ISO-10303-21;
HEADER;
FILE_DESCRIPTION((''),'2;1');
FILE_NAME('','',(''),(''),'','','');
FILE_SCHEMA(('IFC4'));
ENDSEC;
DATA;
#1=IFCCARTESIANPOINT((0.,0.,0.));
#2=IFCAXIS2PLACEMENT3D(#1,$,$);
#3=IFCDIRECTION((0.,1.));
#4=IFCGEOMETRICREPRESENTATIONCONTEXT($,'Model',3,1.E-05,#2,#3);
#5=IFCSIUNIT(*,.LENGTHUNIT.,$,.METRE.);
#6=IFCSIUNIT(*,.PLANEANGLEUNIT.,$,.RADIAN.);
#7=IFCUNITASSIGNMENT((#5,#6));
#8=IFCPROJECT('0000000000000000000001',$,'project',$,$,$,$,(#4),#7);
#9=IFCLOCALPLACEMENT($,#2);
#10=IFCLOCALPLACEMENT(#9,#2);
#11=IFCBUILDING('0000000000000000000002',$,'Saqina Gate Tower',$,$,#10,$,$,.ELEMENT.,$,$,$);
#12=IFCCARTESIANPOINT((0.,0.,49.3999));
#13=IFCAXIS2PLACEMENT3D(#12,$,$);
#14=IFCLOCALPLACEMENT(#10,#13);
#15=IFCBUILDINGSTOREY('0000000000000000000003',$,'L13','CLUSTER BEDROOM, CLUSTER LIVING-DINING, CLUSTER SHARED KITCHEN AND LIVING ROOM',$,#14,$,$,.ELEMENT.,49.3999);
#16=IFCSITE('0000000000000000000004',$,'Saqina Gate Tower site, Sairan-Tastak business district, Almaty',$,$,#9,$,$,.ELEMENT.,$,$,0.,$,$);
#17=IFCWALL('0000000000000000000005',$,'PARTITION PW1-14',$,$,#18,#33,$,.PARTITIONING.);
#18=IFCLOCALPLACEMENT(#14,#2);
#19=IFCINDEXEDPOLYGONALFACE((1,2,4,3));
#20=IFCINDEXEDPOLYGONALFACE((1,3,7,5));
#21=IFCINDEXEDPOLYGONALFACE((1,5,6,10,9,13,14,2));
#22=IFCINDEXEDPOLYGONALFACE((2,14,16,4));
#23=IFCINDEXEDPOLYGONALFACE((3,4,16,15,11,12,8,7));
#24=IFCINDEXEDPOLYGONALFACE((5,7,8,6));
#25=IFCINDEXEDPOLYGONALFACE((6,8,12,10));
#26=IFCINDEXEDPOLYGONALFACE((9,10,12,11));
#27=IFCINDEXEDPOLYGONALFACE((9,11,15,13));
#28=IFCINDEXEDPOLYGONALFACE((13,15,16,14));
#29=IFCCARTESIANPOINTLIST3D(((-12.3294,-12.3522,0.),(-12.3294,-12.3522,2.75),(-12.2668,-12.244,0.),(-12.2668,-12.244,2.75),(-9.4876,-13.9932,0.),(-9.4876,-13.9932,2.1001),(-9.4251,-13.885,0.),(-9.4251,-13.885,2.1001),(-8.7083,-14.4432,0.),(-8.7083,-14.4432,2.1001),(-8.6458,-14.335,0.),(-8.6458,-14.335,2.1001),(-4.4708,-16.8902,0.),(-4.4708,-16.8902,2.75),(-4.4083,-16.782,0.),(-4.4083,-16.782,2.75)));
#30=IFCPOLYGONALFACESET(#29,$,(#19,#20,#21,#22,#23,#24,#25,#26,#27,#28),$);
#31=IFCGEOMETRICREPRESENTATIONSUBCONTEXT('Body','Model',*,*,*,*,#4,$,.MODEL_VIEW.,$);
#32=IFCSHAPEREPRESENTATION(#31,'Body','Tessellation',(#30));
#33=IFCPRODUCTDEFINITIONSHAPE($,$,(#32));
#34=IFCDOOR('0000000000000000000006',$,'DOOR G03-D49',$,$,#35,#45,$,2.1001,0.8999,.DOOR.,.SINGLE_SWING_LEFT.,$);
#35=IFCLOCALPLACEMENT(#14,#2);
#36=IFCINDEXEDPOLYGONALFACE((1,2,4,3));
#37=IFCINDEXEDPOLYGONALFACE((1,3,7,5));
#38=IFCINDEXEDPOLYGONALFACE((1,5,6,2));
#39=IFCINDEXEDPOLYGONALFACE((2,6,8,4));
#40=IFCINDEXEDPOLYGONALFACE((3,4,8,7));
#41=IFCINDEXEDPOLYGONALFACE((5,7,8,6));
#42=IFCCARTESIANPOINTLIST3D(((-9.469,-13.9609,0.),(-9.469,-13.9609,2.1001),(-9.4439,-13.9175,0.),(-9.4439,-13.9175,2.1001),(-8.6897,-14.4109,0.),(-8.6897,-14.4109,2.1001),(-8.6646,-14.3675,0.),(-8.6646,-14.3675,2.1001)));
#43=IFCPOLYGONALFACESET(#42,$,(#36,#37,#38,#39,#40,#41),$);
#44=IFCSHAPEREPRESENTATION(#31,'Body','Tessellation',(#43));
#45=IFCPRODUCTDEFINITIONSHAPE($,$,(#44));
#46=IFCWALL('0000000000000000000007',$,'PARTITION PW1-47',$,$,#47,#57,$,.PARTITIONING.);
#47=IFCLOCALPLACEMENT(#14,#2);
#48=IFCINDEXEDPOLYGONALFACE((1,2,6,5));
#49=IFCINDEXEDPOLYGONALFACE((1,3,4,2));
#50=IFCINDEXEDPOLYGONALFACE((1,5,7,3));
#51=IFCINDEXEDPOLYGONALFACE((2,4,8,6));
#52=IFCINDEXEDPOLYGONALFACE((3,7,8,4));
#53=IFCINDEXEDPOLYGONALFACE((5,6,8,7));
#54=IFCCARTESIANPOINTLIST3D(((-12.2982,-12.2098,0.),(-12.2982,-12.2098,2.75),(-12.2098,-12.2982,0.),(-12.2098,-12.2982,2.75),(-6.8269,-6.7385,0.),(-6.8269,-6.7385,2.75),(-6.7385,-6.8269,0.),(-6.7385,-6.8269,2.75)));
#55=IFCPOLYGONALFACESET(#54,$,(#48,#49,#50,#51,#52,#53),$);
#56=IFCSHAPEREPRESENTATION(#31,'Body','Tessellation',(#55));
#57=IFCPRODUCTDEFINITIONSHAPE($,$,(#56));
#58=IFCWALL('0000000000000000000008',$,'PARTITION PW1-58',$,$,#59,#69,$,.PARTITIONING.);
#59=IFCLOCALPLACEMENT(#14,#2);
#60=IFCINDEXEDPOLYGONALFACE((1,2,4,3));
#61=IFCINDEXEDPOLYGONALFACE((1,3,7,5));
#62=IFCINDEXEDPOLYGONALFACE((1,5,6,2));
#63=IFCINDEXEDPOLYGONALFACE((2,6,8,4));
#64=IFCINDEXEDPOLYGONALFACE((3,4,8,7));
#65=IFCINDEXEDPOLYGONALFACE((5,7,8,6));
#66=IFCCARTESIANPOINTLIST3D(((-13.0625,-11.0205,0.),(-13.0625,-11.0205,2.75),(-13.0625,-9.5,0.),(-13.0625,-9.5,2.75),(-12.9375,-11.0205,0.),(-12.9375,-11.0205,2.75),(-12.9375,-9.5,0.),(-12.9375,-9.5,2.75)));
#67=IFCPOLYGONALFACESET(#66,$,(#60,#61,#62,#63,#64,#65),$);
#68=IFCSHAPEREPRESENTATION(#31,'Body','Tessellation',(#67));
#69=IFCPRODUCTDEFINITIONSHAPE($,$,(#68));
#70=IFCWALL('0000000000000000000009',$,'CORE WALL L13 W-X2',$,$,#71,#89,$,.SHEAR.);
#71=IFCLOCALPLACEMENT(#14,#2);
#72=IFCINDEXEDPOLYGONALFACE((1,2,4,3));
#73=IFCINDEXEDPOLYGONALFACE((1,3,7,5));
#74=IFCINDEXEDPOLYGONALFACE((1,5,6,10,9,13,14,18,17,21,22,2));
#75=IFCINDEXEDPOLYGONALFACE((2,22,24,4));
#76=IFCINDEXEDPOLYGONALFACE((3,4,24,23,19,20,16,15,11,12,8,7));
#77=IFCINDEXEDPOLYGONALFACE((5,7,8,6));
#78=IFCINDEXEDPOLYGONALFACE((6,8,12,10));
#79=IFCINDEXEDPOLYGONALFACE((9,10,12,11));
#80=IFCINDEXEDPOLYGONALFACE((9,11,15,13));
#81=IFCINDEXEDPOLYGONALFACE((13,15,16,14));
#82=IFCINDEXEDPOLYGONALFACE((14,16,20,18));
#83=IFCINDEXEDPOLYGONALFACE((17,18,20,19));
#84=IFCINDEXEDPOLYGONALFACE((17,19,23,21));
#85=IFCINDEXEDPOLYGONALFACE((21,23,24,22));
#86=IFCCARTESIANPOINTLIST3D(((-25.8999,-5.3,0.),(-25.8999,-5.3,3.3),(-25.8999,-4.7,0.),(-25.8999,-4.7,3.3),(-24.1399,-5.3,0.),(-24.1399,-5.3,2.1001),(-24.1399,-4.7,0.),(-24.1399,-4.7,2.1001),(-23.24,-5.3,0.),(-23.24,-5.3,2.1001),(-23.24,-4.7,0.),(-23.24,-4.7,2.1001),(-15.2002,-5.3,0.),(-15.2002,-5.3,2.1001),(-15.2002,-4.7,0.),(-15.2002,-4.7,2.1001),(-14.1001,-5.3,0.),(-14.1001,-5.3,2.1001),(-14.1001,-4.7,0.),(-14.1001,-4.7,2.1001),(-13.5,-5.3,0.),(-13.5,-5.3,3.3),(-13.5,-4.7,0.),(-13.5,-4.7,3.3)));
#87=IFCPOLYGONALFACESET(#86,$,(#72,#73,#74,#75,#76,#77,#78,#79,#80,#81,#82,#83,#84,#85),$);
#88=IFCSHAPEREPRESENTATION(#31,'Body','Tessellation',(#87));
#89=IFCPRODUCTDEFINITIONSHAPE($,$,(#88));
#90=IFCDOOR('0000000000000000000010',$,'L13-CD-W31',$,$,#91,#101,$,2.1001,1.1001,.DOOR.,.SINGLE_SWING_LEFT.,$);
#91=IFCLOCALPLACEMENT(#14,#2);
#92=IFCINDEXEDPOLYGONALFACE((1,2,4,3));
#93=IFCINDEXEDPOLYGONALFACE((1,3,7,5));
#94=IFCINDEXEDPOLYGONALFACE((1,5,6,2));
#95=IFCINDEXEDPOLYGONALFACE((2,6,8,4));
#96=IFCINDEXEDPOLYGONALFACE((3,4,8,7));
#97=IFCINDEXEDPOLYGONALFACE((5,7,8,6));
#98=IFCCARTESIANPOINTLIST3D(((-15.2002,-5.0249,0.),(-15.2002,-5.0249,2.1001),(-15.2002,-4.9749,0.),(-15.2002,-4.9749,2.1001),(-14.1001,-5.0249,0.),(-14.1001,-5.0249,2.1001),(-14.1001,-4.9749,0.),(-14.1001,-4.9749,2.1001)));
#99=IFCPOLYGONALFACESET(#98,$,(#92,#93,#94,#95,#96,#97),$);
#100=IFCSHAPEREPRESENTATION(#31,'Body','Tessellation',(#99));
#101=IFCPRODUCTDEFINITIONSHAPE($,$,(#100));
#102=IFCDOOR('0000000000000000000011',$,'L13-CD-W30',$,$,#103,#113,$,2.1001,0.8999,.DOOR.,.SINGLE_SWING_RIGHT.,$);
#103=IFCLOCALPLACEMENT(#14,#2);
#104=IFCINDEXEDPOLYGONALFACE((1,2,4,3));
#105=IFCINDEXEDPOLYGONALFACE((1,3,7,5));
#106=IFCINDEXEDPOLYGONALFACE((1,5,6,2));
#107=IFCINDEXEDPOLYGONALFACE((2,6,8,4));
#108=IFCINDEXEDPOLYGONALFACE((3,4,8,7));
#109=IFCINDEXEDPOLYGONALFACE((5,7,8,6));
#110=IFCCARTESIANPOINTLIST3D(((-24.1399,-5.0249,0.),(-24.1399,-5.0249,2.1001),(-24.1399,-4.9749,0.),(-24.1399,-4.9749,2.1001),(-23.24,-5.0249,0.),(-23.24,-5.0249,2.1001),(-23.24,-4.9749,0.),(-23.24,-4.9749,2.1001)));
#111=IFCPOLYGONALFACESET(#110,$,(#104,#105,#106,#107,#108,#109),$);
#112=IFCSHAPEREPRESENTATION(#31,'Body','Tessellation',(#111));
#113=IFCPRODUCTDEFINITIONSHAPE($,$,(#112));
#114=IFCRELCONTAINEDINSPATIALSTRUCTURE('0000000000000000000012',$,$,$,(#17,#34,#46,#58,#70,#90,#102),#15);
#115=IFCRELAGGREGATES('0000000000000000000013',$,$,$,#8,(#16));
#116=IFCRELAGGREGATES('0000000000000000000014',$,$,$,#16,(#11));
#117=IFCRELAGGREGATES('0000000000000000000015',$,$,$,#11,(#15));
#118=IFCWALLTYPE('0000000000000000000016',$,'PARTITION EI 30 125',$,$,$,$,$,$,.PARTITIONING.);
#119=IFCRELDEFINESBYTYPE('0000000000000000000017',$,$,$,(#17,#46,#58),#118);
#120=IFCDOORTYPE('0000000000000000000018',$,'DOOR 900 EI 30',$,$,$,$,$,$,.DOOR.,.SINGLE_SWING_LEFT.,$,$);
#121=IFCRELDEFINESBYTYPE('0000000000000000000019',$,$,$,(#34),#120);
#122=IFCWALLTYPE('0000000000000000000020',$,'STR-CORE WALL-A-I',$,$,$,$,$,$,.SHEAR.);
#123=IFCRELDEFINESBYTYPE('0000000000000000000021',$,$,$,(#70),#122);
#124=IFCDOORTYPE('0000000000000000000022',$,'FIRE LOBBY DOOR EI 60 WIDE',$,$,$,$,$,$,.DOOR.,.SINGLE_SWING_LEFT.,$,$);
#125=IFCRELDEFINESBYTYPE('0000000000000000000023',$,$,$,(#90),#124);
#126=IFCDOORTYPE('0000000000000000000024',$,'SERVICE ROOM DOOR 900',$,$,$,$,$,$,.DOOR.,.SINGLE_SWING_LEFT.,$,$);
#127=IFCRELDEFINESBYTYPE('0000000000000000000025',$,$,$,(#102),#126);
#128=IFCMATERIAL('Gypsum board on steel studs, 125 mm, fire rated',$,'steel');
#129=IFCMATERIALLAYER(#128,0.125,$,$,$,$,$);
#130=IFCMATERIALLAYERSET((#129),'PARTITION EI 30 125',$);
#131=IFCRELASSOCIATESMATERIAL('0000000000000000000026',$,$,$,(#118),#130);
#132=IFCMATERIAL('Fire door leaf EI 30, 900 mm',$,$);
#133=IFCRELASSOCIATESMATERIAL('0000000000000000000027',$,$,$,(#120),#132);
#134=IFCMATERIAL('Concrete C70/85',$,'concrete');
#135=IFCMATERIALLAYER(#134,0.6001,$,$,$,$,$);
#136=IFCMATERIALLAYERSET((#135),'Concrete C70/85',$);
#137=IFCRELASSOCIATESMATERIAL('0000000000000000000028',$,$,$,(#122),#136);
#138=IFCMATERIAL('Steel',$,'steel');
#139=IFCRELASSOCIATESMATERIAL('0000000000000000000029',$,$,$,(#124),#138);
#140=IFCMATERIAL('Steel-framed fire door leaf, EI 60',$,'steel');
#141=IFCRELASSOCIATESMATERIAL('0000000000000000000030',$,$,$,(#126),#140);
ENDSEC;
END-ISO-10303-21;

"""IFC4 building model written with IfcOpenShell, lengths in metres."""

from ifc_helpers import new_model, si_unit, direction, frame, frame_2d, origin, place, context, subcontext, project, spatial, rectangle, extrude, material, layer, layer_set, type_object, element, fill, save


model = new_model("IFC4")

# Units and contexts
model_context = context("Model", 3, precision=1e-05, world=origin(), true_north=direction((0.0, 1.0)))
body_context = subcontext(model_context, "Body", "Model", "MODEL_VIEW")
ifc_project = project(units=[si_unit("LENGTHUNIT", "METRE"), si_unit("PLANEANGLEUNIT", "RADIAN")], contexts=[model_context])

# Site, building, storey
site_placement = place(None, origin())
site = spatial("IfcSite", under=ifc_project, at=site_placement, Name="Saqina Gate Tower site, Sairan-Tastak business district, Almaty", CompositionType="ELEMENT", RefElevation=0.0)
building_placement = place(site_placement, origin())
building = spatial("IfcBuilding", under=site, at=building_placement, Name="Saqina Gate Tower", CompositionType="ELEMENT")
storey_placement = place(building_placement, frame((0.0, 0.0, 49.3999)))
storey = spatial("IfcBuildingStorey", under=building, at=storey_placement, Name="L13", Description="CLUSTER BEDROOM, CLUSTER LIVING-DINING, CLUSTER SHARED KITCHEN AND LIVING ROOM", CompositionType="ELEMENT", Elevation=49.3999)

# Wall, opening, door
ifc_material_1 = material(Name="Gypsum board on steel studs, 125 mm, fire rated", Category="steel")
ifc_layer_1 = layer(ifc_material_1, 0.125)
ifc_layer_set_1 = layer_set([ifc_layer_1], Name="PARTITION EI 30 125")
wall_type_1 = type_object("IfcWallType", Name="PARTITION EI 30 125", PredefinedType="PARTITIONING", material=ifc_layer_set_1)
wall_1_placement = place(storey_placement, frame((-12.2981, -12.2981, 0.0), z_axis=(0.0, 0.0, 1.0), x_axis=(0.865983, -0.500074, 0.0)))
wall_1 = element("IfcWall", 1, at=wall_1_placement, inside=storey, type_object=wall_type_1, Name="PARTITION PW1-14", PredefinedType="PARTITIONING", context=body_context, shape_type="SweptSolid", body=[
    extrude(rectangle(XDim=9.0747, YDim=0.125, at=frame_2d((4.5374, 0.0))), origin(), (0.0, 0.0, 1.0), 2.75),
])
opening_1_placement = place(wall_1_placement, frame((3.2815, 0.0, 0.0)))
opening_1 = element("IfcOpeningElement", 2, at=opening_1_placement, cuts=wall_1, PredefinedType="OPENING", context=body_context, shape_type="SweptSolid", body=[
    extrude(rectangle(XDim=0.8999, YDim=2.1001, at=frame_2d((0.45, 1.05))), frame((0.0, 0.0745, 0.0), z_axis=(0.0, -1.0, 0.0), x_axis=(1.0, 0.0, 0.0)), (0.0, 0.0, 1.0), 0.1489),
])
ifc_material_2 = material(Name="Fire door leaf EI 30, 900 mm")
door_type_1 = type_object("IfcDoorType", Name="DOOR 900 EI 30", OperationType="SINGLE_SWING_LEFT", PredefinedType="DOOR", material=ifc_material_2)
door_1_placement = place(opening_1_placement, origin())
door_1 = element("IfcDoor", 3, at=door_1_placement, inside=storey, type_object=door_type_1, Name="DOOR G03-D49", OperationType="SINGLE_SWING_LEFT", OverallHeight=2.1001, OverallWidth=0.8999, PredefinedType="DOOR", context=body_context, shape_type="SweptSolid", body=[
    extrude(rectangle(XDim=0.8999, YDim=2.1001, at=frame_2d((0.45, 1.05))), frame((0.0, 0.0249, 0.0), z_axis=(0.0, -1.0, 0.0), x_axis=(1.0, 0.0, 0.0)), (0.0, 0.0, 1.0), 0.05),
])
fill(opening_1, door_1)

# Walls
wall_2_placement = place(storey_placement, frame((-12.2539, -12.2539, 0.0), z_axis=(0.0, 0.0, 1.0), x_axis=(0.707107, 0.707107, 0.0)))
element("IfcWall", 4, at=wall_2_placement, inside=storey, type_object=wall_type_1, Name="PARTITION PW1-47", PredefinedType="PARTITIONING", context=body_context, shape_type="SweptSolid", body=[
    extrude(rectangle(XDim=7.7375, YDim=0.125, at=frame_2d((3.8687, 0.0))), origin(), (0.0, 0.0, 1.0), 2.75),
])
wall_3_placement = place(storey_placement, frame((-13.0, -11.0205, 0.0), z_axis=(0.0, 0.0, 1.0), x_axis=(0.0, 1.0, 0.0)))
element("IfcWall", 5, at=wall_3_placement, inside=storey, type_object=wall_type_1, Name="PARTITION PW1-58", PredefinedType="PARTITIONING", context=body_context, shape_type="SweptSolid", body=[
    extrude(rectangle(XDim=1.5205, YDim=0.125, at=frame_2d((0.7603, 0.0))), origin(), (0.0, 0.0, 1.0), 2.75),
])

# Wall, openings, doors
ifc_material_3 = material(Name="Concrete C70/85", Category="concrete")
ifc_layer_2 = layer(ifc_material_3, 0.6001)
ifc_layer_set_2 = layer_set([ifc_layer_2], Name="Concrete C70/85")
wall_type_2 = type_object("IfcWallType", Name="STR-CORE WALL-A-I", PredefinedType="SHEAR", material=ifc_layer_set_2)
wall_4_placement = place(storey_placement, frame((-13.5, -5.0, 0.0), z_axis=(0.0, 0.0, 1.0), x_axis=(-1.0, 0.0, 0.0)))
wall_4 = element("IfcWall", 6, at=wall_4_placement, inside=storey, type_object=wall_type_2, Name="CORE WALL L13 W-X2", PredefinedType="SHEAR", context=body_context, shape_type="SweptSolid", body=[
    extrude(rectangle(XDim=12.3999, YDim=0.6001, at=frame_2d((6.2, 0.0))), origin(), (0.0, 0.0, 1.0), 3.3),
])
opening_2_placement = place(wall_4_placement, frame((9.74, 0.0, 0.0)))
opening_2 = element("IfcOpeningElement", 7, at=opening_2_placement, cuts=wall_4, PredefinedType="OPENING", context=body_context, shape_type="SweptSolid", body=[
    extrude(rectangle(XDim=0.8999, YDim=2.1001, at=frame_2d((0.45, 1.05))), frame((0.0, 0.312, 0.0), z_axis=(0.0, -1.0, 0.0), x_axis=(1.0, 0.0, 0.0)), (0.0, 0.0, 1.0), 0.624),
])
opening_3_placement = place(wall_4_placement, frame((0.6001, 0.0, 0.0)))
opening_3 = element("IfcOpeningElement", 8, at=opening_3_placement, cuts=wall_4, PredefinedType="OPENING", context=body_context, shape_type="SweptSolid", body=[
    extrude(rectangle(XDim=1.1001, YDim=2.1001, at=frame_2d((0.55, 1.05))), frame((0.0, 0.312, 0.0), z_axis=(0.0, -1.0, 0.0), x_axis=(1.0, 0.0, 0.0)), (0.0, 0.0, 1.0), 0.624),
])
ifc_material_4 = material(Name="Steel", Category="steel")
door_type_2 = type_object("IfcDoorType", Name="FIRE LOBBY DOOR EI 60 WIDE", OperationType="SINGLE_SWING_LEFT", PredefinedType="DOOR", material=ifc_material_4)
door_2_placement = place(opening_3_placement, origin())
door_2 = element("IfcDoor", 9, at=door_2_placement, inside=storey, type_object=door_type_2, Name="L13-CD-W31", OperationType="SINGLE_SWING_LEFT", OverallHeight=2.1001, OverallWidth=1.1001, PredefinedType="DOOR", context=body_context, shape_type="SweptSolid", body=[
    extrude(rectangle(XDim=1.1001, YDim=2.1001, at=frame_2d((0.55, 1.05))), frame((0.0, 0.0249, 0.0), z_axis=(0.0, -1.0, 0.0), x_axis=(1.0, 0.0, 0.0)), (0.0, 0.0, 1.0), 0.05),
])
fill(opening_3, door_2)
ifc_material_5 = material(Name="Steel-framed fire door leaf, EI 60", Category="steel")
door_type_3 = type_object("IfcDoorType", Name="SERVICE ROOM DOOR 900", OperationType="SINGLE_SWING_LEFT", PredefinedType="DOOR", material=ifc_material_5)
door_3_placement = place(opening_2_placement, origin())
door_3 = element("IfcDoor", 10, at=door_3_placement, inside=storey, type_object=door_type_3, Name="L13-CD-W30", OperationType="SINGLE_SWING_RIGHT", OverallHeight=2.1001, OverallWidth=0.8999, PredefinedType="DOOR", context=body_context, shape_type="SweptSolid", body=[
    extrude(rectangle(XDim=0.8999, YDim=2.1001, at=frame_2d((0.45, 1.05))), frame((0.0, 0.0249, 0.0), z_axis=(0.0, -1.0, 0.0), x_axis=(1.0, 0.0, 0.0)), (0.0, 0.0, 1.0), 0.05),
])
fill(opening_2, door_3)

save(model, "model.ifc")
